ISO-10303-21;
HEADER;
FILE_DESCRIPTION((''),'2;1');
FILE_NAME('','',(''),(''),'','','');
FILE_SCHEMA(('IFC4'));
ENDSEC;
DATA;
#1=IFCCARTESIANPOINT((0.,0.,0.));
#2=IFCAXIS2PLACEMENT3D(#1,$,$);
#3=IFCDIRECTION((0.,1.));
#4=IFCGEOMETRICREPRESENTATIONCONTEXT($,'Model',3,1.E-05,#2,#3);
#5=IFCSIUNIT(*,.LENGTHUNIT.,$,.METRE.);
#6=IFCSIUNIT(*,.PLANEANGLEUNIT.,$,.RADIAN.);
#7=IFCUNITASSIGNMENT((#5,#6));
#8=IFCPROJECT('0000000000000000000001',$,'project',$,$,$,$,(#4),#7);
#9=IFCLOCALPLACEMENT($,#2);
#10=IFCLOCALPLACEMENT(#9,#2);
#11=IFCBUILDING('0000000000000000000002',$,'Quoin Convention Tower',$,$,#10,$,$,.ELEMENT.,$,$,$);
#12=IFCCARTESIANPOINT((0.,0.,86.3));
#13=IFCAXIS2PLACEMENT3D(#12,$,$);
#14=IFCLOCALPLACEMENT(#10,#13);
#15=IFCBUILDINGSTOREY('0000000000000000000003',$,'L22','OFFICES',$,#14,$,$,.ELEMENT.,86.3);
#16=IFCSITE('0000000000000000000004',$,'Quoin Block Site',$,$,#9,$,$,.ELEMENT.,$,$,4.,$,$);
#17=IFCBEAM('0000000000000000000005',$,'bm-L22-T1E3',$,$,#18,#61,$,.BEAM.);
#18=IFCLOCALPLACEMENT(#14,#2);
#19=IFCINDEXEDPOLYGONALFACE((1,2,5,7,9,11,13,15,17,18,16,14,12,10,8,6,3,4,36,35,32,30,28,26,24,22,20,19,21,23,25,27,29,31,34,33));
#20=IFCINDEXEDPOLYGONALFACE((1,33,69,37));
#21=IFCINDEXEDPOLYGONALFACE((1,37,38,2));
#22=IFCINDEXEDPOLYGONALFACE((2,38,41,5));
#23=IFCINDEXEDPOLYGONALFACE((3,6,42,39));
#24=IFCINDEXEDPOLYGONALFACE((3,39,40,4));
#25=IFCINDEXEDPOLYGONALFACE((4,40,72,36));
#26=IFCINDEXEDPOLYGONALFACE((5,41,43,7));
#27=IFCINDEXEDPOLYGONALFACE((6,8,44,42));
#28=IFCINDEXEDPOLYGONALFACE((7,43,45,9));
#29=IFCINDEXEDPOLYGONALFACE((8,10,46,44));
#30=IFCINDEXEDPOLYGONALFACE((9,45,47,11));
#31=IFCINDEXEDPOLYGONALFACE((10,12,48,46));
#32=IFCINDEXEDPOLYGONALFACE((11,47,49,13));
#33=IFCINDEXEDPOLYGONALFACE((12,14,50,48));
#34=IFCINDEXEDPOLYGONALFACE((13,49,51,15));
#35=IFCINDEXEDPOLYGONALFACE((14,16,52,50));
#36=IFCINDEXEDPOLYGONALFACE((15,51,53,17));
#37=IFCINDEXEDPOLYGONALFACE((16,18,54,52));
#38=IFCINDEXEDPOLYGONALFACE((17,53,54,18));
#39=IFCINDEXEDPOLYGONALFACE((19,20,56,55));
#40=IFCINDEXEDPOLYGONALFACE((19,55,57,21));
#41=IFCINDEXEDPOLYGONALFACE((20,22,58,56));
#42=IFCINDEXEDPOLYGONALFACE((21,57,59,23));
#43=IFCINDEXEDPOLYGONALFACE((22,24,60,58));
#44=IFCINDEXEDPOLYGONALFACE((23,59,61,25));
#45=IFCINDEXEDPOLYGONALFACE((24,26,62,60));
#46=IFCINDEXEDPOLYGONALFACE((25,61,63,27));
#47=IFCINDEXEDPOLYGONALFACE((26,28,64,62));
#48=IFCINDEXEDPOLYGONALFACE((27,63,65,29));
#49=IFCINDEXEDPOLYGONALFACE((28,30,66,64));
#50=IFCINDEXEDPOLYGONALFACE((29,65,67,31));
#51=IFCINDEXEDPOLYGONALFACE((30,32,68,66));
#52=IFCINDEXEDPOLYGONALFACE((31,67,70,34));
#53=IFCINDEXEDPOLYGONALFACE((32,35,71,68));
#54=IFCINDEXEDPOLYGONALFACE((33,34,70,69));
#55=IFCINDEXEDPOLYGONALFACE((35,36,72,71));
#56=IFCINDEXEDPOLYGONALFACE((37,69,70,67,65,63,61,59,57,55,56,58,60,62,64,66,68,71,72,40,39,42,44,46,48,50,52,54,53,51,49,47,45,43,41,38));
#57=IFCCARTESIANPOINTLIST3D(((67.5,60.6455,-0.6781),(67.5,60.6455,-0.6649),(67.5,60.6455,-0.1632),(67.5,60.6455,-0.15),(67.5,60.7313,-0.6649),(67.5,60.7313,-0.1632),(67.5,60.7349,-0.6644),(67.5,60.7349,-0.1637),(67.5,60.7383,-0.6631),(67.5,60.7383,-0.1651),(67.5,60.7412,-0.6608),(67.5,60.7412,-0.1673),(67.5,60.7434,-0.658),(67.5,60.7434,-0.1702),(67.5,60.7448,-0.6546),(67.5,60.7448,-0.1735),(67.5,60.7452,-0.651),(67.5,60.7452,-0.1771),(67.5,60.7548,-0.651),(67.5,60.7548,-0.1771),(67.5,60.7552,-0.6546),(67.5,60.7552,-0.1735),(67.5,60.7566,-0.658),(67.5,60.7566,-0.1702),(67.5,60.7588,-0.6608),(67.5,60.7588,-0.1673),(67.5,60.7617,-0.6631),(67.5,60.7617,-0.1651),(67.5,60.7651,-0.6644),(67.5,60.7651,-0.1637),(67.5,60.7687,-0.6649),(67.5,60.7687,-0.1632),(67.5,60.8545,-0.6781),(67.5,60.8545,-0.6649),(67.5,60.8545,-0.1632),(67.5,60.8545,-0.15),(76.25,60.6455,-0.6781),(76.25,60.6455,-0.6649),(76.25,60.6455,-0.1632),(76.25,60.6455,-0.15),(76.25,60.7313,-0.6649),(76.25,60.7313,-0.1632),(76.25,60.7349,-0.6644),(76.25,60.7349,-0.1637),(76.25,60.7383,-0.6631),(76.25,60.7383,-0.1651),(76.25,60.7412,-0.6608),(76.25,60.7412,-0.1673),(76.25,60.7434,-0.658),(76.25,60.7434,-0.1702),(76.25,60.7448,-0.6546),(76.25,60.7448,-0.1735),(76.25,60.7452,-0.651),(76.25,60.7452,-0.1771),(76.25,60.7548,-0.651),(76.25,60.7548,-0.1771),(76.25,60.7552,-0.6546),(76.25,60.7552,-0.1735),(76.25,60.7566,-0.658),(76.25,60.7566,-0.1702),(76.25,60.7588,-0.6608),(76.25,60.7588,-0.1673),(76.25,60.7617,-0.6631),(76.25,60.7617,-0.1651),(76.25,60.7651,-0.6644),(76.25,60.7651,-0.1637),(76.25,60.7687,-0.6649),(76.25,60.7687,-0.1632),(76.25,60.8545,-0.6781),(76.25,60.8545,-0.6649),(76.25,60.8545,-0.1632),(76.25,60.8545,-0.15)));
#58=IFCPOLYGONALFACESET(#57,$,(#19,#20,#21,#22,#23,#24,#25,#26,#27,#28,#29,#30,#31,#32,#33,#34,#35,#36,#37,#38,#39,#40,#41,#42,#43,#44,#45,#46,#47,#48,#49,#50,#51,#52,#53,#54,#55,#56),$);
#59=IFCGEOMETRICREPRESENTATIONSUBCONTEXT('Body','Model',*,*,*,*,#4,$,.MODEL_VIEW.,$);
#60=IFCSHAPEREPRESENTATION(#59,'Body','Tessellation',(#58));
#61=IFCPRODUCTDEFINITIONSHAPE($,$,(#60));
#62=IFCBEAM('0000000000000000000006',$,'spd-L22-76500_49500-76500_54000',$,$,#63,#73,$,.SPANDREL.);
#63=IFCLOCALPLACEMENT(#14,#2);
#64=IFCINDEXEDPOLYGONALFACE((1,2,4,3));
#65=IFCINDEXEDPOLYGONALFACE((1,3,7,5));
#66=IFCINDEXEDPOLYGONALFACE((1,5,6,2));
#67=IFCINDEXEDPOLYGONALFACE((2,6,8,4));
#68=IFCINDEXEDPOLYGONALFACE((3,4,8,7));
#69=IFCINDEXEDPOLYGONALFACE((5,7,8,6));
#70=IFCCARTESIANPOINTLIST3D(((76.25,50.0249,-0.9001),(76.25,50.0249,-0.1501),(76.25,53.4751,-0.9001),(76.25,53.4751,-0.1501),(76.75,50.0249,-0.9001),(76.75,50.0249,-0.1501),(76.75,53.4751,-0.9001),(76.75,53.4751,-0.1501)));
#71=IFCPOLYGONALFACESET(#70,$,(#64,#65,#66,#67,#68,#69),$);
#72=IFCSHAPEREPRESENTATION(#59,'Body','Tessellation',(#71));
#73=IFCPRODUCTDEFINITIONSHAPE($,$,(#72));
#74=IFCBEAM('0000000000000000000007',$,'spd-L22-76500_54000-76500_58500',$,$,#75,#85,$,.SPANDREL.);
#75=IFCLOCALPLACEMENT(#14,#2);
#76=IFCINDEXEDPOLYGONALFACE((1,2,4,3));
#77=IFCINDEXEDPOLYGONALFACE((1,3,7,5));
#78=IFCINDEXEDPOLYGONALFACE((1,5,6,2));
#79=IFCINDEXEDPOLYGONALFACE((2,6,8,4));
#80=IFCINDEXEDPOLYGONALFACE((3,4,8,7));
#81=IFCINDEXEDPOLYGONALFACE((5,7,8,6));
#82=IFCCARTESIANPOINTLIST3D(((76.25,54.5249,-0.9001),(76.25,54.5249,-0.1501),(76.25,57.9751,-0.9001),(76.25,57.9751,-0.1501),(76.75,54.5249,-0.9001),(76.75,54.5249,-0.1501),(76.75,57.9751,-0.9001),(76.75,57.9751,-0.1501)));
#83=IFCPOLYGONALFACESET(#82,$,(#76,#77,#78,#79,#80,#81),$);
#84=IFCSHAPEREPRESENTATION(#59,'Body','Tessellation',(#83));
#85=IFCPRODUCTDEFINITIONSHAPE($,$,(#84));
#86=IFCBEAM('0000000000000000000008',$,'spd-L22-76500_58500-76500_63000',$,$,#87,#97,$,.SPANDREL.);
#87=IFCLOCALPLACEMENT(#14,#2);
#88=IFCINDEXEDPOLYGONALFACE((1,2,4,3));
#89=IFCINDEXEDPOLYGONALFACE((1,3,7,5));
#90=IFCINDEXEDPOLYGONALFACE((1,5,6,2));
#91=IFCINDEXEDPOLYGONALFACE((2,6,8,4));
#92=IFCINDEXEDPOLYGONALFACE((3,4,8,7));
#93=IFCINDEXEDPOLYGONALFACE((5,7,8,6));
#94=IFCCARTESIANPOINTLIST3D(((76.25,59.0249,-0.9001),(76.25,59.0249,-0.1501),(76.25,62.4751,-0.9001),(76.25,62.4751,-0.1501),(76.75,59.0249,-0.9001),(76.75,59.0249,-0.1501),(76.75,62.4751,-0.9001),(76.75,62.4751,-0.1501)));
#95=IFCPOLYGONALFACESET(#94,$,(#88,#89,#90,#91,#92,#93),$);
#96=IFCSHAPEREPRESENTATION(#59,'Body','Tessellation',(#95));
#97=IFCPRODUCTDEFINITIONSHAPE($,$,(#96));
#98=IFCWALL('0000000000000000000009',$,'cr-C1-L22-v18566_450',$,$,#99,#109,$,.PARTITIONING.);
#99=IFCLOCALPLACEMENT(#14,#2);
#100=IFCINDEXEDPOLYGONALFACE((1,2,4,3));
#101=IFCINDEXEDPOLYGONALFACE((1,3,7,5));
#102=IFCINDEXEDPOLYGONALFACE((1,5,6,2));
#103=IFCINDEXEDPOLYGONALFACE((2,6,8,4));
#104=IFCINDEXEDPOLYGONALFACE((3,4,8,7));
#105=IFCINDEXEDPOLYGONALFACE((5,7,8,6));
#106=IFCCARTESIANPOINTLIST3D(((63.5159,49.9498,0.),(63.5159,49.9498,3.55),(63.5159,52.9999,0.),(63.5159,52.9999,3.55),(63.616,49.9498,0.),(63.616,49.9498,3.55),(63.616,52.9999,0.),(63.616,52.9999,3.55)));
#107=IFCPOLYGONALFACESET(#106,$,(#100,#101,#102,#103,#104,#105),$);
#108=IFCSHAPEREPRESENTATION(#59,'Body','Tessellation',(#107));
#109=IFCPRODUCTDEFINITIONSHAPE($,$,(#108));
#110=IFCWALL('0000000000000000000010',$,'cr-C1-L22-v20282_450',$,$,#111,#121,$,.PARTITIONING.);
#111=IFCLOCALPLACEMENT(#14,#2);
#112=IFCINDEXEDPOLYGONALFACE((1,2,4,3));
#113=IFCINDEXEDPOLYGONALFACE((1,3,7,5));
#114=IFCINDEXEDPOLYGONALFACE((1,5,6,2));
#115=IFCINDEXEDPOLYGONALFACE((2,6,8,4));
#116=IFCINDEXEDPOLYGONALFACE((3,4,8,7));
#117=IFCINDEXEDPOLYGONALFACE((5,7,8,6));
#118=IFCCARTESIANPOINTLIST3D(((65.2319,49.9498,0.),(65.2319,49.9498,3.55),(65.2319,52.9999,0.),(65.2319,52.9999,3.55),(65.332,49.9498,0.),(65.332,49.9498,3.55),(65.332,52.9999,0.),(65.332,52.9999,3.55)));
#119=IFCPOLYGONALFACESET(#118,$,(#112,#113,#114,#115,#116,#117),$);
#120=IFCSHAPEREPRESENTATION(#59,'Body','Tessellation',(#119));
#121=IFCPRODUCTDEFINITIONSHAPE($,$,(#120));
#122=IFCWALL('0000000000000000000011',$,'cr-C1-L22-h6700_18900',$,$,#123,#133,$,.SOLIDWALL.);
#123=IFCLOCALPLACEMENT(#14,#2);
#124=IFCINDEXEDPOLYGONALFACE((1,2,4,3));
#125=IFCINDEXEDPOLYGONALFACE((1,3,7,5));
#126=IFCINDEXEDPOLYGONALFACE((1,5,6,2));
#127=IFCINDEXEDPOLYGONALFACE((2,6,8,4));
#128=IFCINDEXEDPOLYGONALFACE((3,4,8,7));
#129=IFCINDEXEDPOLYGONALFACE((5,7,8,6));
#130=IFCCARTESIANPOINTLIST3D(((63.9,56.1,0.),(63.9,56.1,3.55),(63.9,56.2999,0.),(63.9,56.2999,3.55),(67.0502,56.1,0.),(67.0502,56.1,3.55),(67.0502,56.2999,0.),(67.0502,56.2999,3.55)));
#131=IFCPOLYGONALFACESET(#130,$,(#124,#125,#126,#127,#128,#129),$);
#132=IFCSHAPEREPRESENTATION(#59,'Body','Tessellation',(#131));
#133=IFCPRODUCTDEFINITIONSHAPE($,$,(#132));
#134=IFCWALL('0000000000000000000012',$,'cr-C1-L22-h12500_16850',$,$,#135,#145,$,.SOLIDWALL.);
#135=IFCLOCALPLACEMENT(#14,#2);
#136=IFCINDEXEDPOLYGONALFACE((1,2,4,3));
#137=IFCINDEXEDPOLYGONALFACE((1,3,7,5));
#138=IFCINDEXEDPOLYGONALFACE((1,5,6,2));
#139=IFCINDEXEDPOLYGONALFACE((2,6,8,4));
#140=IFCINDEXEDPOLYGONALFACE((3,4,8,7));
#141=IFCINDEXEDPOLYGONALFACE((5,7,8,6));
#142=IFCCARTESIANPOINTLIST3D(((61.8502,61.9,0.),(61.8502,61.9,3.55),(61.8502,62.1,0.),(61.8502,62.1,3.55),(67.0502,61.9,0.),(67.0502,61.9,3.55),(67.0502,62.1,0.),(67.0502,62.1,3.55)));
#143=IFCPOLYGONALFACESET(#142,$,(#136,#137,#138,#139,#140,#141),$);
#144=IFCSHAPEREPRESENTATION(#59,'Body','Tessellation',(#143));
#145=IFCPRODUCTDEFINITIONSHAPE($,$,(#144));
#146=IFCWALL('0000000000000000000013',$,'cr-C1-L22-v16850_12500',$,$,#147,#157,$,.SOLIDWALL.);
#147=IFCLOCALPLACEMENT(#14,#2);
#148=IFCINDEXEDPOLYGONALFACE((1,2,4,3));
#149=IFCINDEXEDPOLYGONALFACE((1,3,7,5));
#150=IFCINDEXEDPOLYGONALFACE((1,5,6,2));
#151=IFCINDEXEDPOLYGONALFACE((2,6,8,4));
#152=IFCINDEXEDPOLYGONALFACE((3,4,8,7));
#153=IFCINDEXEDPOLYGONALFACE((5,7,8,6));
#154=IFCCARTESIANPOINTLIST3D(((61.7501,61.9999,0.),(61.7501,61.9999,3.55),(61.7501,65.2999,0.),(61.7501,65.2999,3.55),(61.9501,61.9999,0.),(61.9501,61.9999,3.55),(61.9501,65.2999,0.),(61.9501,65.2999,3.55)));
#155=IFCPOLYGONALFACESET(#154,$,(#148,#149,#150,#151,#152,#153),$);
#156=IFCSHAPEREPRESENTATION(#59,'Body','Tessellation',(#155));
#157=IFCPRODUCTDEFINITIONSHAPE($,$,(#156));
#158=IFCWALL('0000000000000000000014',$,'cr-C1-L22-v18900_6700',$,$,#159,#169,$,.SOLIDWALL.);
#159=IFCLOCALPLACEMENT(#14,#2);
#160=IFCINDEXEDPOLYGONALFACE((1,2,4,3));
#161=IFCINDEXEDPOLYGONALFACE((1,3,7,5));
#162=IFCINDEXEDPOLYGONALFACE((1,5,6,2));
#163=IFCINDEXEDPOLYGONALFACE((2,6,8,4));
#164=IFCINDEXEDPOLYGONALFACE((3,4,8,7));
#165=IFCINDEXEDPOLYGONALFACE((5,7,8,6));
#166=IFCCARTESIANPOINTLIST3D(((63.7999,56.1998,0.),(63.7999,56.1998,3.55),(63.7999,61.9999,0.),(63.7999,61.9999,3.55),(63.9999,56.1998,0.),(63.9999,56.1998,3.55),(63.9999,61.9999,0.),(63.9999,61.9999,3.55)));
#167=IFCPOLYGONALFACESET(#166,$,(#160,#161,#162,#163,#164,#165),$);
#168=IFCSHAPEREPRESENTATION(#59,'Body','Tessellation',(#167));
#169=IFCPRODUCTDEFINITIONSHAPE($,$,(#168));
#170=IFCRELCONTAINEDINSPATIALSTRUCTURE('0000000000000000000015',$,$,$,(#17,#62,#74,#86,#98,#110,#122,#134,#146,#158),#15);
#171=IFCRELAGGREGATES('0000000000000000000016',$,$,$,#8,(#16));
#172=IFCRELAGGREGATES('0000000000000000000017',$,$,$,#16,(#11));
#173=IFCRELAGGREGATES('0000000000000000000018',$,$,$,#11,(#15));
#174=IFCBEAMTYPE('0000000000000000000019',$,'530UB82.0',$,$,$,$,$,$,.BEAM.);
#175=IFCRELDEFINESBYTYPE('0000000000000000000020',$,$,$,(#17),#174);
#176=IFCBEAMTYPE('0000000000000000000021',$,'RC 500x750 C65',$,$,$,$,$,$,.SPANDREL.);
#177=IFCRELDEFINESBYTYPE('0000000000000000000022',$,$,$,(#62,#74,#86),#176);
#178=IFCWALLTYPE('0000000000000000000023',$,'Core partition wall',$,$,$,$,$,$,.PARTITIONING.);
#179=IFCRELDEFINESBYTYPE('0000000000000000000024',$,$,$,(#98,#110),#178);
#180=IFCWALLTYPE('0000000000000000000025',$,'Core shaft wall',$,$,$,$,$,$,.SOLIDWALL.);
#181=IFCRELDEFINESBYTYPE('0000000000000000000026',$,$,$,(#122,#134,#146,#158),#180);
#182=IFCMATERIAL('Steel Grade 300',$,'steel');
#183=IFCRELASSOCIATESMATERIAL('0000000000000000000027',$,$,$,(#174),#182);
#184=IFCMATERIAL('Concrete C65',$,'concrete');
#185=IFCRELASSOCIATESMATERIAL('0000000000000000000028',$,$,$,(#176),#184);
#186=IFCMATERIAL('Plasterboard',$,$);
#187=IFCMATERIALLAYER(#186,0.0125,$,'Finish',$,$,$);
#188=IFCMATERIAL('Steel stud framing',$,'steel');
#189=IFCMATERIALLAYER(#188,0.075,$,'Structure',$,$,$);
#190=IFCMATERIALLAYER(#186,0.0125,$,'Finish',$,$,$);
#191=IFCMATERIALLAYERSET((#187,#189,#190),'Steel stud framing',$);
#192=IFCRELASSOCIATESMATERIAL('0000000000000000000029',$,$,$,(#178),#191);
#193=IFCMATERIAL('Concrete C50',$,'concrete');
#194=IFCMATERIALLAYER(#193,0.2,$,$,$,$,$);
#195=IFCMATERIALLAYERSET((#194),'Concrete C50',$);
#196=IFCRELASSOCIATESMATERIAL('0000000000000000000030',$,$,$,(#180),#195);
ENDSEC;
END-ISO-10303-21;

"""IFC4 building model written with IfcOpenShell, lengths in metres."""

from ifc_helpers import new_model, si_unit, direction, frame, frame_2d, origin, origin_2d, place, context, subcontext, project, spatial, rectangle, i_section, extrude, material, layer, layer_set, material_profile, profile_set, type_object, element, save


model = new_model("IFC4")

# Units and contexts
model_context = context("Model", 3, precision=1e-05, world=origin(), true_north=direction((0.0, 1.0)))
body_context = subcontext(model_context, "Body", "Model", "MODEL_VIEW")
ifc_project = project(units=[si_unit("LENGTHUNIT", "METRE"), si_unit("PLANEANGLEUNIT", "RADIAN")], contexts=[model_context])

# Site, building, storey
site_placement = place(None, origin())
site = spatial("IfcSite", under=ifc_project, at=site_placement, Name="Quoin Block Site", CompositionType="ELEMENT", RefElevation=4.0)
building_placement = place(site_placement, origin())
building = spatial("IfcBuilding", under=site, at=building_placement, Name="Quoin Convention Tower", CompositionType="ELEMENT")
storey_placement = place(building_placement, frame((0.0, 0.0, 86.3)))
storey = spatial("IfcBuildingStorey", under=building, at=storey_placement, Name="L22", Description="OFFICES", CompositionType="ELEMENT", Elevation=86.3)

# Shared definitions
ifc_material_1 = material(Name="Concrete C65", Category="concrete")

# Beams
ifc_material_2 = material(Name="Steel Grade 300", Category="steel")
ifc_material_profile_1 = material_profile(ifc_material_2, i_section(OverallWidth=0.209, OverallDepth=0.5281, WebThickness=0.0095, FlangeThickness=0.0132, FilletRadius=0.0139, at=origin_2d()), Name="530UB82.0")
ifc_profile_set_1 = profile_set([ifc_material_profile_1], Name="Steel Grade 300")
beam_type_1 = type_object("IfcBeamType", Name="530UB82.0", PredefinedType="BEAM", material=ifc_profile_set_1)
for number, where, z_axis, x_axis, name in (
    (1, (67.5, 60.75, -0.4141), (1.0, 0.0, 0.0), (0.0, 1.0, 0.0), "bm-L22-T1E3"),
):
    element("IfcBeam", number, at=place(storey_placement, frame(where, z_axis=z_axis, x_axis=x_axis)), inside=storey, type_object=beam_type_1, Name=name, PredefinedType="BEAM", context=body_context, shape_type="SweptSolid", body=[
        extrude(i_section(OverallWidth=0.209, OverallDepth=0.5281, WebThickness=0.0095, FlangeThickness=0.0132, FilletRadius=0.0139, at=origin_2d()), origin(), (0.0, 0.0, 1.0), 8.75),
    ])
ifc_material_profile_2 = material_profile(ifc_material_1, rectangle(XDim=0.5, YDim=0.75, at=origin_2d()), Name="RC 500x750")
ifc_profile_set_2 = profile_set([ifc_material_profile_2], Name="Concrete C65")
beam_type_2 = type_object("IfcBeamType", Name="RC 500x750 C65", PredefinedType="SPANDREL", material=ifc_profile_set_2)
for number, where, z_axis, x_axis, name in (
    (2, (76.5, 50.0249, -0.5251), (0.0, 1.0, 0.0), (-1.0, 0.0, 0.0), "spd-L22-76500_49500-76500_54000"),
    (3, (76.5, 54.5249, -0.5251), (0.0, 1.0, 0.0), (-1.0, 0.0, 0.0), "spd-L22-76500_54000-76500_58500"),
    (4, (76.5, 59.0249, -0.5251), (0.0, 1.0, 0.0), (-1.0, 0.0, 0.0), "spd-L22-76500_58500-76500_63000"),
):
    element("IfcBeam", number, at=place(storey_placement, frame(where, z_axis=z_axis, x_axis=x_axis)), inside=storey, type_object=beam_type_2, Name=name, PredefinedType="SPANDREL", context=body_context, shape_type="SweptSolid", body=[
        extrude(rectangle(XDim=0.5, YDim=0.75, at=origin_2d()), origin(), (0.0, 0.0, 1.0), 3.4502),
    ])

# Walls
ifc_material_3 = material(Name="Plasterboard")
ifc_layer_1 = layer(ifc_material_3, 0.0125, Name="Finish")
ifc_material_4 = material(Name="Steel stud framing", Category="steel")
ifc_layer_2 = layer(ifc_material_4, 0.075, Name="Structure")
ifc_layer_3 = layer(ifc_material_3, 0.0125, Name="Finish")
ifc_layer_set_1 = layer_set([ifc_layer_1, ifc_layer_2, ifc_layer_3], Name="Steel stud framing")
wall_type_1 = type_object("IfcWallType", Name="Core partition wall", PredefinedType="PARTITIONING", material=ifc_layer_set_1)
for number, where, z_axis, x_axis, name in (
    (5, (63.5659, 49.95, 0.0), (0.0, 0.0, 1.0), (0.0, 1.0, 0.0), "cr-C1-L22-v18566_450"),
    (6, (65.282, 49.95, 0.0), (0.0, 0.0, 1.0), (0.0, 1.0, 0.0), "cr-C1-L22-v20282_450"),
):
    element("IfcWall", number, at=place(storey_placement, frame(where, z_axis=z_axis, x_axis=x_axis)), inside=storey, type_object=wall_type_1, Name=name, PredefinedType="PARTITIONING", context=body_context, shape_type="SweptSolid", body=[
        extrude(rectangle(XDim=3.05, YDim=0.1001, at=frame_2d((1.5249, 0.0))), origin(), (0.0, 0.0, 1.0), 3.55),
    ])
ifc_material_5 = material(Name="Concrete C50", Category="concrete")
ifc_layer_4 = layer(ifc_material_5, 0.2)
ifc_layer_set_2 = layer_set([ifc_layer_4], Name="Concrete C50")
wall_type_2 = type_object("IfcWallType", Name="Core shaft wall", PredefinedType="SOLIDWALL", material=ifc_layer_set_2)
wall_1_placement = place(storey_placement, frame((63.8999, 56.2, 0.0), z_axis=(0.0, 0.0, 1.0), x_axis=(1.0, 0.0, 0.0)))
element("IfcWall", 7, at=wall_1_placement, inside=storey, type_object=wall_type_2, Name="cr-C1-L22-h6700_18900", PredefinedType="SOLIDWALL", context=body_context, shape_type="SweptSolid", body=[
    extrude(rectangle(XDim=3.1501, YDim=0.2, at=frame_2d((1.5752, 0.0))), origin(), (0.0, 0.0, 1.0), 3.55),
])
wall_2_placement = place(storey_placement, frame((61.8501, 62.0, 0.0), z_axis=(0.0, 0.0, 1.0), x_axis=(1.0, 0.0, 0.0)))
element("IfcWall", 8, at=wall_2_placement, inside=storey, type_object=wall_type_2, Name="cr-C1-L22-h12500_16850", PredefinedType="SOLIDWALL", context=body_context, shape_type="SweptSolid", body=[
    extrude(rectangle(XDim=5.2, YDim=0.2, at=frame_2d((2.6001, 0.0))), origin(), (0.0, 0.0, 1.0), 3.55),
])
wall_3_placement = place(storey_placement, frame((61.8501, 62.0, 0.0), z_axis=(0.0, 0.0, 1.0), x_axis=(0.0, 1.0, 0.0)))
element("IfcWall", 9, at=wall_3_placement, inside=storey, type_object=wall_type_2, Name="cr-C1-L22-v16850_12500", PredefinedType="SOLIDWALL", context=body_context, shape_type="SweptSolid", body=[
    extrude(rectangle(XDim=3.3, YDim=0.2, at=frame_2d((1.6499, 0.0))), origin(), (0.0, 0.0, 1.0), 3.55),
])
wall_4_placement = place(storey_placement, frame((63.8999, 56.2, 0.0), z_axis=(0.0, 0.0, 1.0), x_axis=(0.0, 1.0, 0.0)))
element("IfcWall", 10, at=wall_4_placement, inside=storey, type_object=wall_type_2, Name="cr-C1-L22-v18900_6700", PredefinedType="SOLIDWALL", context=body_context, shape_type="SweptSolid", body=[
    extrude(rectangle(XDim=5.8, YDim=0.2, at=frame_2d((2.8999, 0.0))), origin(), (0.0, 0.0, 1.0), 3.55),
])

save(model, "model.ifc")
